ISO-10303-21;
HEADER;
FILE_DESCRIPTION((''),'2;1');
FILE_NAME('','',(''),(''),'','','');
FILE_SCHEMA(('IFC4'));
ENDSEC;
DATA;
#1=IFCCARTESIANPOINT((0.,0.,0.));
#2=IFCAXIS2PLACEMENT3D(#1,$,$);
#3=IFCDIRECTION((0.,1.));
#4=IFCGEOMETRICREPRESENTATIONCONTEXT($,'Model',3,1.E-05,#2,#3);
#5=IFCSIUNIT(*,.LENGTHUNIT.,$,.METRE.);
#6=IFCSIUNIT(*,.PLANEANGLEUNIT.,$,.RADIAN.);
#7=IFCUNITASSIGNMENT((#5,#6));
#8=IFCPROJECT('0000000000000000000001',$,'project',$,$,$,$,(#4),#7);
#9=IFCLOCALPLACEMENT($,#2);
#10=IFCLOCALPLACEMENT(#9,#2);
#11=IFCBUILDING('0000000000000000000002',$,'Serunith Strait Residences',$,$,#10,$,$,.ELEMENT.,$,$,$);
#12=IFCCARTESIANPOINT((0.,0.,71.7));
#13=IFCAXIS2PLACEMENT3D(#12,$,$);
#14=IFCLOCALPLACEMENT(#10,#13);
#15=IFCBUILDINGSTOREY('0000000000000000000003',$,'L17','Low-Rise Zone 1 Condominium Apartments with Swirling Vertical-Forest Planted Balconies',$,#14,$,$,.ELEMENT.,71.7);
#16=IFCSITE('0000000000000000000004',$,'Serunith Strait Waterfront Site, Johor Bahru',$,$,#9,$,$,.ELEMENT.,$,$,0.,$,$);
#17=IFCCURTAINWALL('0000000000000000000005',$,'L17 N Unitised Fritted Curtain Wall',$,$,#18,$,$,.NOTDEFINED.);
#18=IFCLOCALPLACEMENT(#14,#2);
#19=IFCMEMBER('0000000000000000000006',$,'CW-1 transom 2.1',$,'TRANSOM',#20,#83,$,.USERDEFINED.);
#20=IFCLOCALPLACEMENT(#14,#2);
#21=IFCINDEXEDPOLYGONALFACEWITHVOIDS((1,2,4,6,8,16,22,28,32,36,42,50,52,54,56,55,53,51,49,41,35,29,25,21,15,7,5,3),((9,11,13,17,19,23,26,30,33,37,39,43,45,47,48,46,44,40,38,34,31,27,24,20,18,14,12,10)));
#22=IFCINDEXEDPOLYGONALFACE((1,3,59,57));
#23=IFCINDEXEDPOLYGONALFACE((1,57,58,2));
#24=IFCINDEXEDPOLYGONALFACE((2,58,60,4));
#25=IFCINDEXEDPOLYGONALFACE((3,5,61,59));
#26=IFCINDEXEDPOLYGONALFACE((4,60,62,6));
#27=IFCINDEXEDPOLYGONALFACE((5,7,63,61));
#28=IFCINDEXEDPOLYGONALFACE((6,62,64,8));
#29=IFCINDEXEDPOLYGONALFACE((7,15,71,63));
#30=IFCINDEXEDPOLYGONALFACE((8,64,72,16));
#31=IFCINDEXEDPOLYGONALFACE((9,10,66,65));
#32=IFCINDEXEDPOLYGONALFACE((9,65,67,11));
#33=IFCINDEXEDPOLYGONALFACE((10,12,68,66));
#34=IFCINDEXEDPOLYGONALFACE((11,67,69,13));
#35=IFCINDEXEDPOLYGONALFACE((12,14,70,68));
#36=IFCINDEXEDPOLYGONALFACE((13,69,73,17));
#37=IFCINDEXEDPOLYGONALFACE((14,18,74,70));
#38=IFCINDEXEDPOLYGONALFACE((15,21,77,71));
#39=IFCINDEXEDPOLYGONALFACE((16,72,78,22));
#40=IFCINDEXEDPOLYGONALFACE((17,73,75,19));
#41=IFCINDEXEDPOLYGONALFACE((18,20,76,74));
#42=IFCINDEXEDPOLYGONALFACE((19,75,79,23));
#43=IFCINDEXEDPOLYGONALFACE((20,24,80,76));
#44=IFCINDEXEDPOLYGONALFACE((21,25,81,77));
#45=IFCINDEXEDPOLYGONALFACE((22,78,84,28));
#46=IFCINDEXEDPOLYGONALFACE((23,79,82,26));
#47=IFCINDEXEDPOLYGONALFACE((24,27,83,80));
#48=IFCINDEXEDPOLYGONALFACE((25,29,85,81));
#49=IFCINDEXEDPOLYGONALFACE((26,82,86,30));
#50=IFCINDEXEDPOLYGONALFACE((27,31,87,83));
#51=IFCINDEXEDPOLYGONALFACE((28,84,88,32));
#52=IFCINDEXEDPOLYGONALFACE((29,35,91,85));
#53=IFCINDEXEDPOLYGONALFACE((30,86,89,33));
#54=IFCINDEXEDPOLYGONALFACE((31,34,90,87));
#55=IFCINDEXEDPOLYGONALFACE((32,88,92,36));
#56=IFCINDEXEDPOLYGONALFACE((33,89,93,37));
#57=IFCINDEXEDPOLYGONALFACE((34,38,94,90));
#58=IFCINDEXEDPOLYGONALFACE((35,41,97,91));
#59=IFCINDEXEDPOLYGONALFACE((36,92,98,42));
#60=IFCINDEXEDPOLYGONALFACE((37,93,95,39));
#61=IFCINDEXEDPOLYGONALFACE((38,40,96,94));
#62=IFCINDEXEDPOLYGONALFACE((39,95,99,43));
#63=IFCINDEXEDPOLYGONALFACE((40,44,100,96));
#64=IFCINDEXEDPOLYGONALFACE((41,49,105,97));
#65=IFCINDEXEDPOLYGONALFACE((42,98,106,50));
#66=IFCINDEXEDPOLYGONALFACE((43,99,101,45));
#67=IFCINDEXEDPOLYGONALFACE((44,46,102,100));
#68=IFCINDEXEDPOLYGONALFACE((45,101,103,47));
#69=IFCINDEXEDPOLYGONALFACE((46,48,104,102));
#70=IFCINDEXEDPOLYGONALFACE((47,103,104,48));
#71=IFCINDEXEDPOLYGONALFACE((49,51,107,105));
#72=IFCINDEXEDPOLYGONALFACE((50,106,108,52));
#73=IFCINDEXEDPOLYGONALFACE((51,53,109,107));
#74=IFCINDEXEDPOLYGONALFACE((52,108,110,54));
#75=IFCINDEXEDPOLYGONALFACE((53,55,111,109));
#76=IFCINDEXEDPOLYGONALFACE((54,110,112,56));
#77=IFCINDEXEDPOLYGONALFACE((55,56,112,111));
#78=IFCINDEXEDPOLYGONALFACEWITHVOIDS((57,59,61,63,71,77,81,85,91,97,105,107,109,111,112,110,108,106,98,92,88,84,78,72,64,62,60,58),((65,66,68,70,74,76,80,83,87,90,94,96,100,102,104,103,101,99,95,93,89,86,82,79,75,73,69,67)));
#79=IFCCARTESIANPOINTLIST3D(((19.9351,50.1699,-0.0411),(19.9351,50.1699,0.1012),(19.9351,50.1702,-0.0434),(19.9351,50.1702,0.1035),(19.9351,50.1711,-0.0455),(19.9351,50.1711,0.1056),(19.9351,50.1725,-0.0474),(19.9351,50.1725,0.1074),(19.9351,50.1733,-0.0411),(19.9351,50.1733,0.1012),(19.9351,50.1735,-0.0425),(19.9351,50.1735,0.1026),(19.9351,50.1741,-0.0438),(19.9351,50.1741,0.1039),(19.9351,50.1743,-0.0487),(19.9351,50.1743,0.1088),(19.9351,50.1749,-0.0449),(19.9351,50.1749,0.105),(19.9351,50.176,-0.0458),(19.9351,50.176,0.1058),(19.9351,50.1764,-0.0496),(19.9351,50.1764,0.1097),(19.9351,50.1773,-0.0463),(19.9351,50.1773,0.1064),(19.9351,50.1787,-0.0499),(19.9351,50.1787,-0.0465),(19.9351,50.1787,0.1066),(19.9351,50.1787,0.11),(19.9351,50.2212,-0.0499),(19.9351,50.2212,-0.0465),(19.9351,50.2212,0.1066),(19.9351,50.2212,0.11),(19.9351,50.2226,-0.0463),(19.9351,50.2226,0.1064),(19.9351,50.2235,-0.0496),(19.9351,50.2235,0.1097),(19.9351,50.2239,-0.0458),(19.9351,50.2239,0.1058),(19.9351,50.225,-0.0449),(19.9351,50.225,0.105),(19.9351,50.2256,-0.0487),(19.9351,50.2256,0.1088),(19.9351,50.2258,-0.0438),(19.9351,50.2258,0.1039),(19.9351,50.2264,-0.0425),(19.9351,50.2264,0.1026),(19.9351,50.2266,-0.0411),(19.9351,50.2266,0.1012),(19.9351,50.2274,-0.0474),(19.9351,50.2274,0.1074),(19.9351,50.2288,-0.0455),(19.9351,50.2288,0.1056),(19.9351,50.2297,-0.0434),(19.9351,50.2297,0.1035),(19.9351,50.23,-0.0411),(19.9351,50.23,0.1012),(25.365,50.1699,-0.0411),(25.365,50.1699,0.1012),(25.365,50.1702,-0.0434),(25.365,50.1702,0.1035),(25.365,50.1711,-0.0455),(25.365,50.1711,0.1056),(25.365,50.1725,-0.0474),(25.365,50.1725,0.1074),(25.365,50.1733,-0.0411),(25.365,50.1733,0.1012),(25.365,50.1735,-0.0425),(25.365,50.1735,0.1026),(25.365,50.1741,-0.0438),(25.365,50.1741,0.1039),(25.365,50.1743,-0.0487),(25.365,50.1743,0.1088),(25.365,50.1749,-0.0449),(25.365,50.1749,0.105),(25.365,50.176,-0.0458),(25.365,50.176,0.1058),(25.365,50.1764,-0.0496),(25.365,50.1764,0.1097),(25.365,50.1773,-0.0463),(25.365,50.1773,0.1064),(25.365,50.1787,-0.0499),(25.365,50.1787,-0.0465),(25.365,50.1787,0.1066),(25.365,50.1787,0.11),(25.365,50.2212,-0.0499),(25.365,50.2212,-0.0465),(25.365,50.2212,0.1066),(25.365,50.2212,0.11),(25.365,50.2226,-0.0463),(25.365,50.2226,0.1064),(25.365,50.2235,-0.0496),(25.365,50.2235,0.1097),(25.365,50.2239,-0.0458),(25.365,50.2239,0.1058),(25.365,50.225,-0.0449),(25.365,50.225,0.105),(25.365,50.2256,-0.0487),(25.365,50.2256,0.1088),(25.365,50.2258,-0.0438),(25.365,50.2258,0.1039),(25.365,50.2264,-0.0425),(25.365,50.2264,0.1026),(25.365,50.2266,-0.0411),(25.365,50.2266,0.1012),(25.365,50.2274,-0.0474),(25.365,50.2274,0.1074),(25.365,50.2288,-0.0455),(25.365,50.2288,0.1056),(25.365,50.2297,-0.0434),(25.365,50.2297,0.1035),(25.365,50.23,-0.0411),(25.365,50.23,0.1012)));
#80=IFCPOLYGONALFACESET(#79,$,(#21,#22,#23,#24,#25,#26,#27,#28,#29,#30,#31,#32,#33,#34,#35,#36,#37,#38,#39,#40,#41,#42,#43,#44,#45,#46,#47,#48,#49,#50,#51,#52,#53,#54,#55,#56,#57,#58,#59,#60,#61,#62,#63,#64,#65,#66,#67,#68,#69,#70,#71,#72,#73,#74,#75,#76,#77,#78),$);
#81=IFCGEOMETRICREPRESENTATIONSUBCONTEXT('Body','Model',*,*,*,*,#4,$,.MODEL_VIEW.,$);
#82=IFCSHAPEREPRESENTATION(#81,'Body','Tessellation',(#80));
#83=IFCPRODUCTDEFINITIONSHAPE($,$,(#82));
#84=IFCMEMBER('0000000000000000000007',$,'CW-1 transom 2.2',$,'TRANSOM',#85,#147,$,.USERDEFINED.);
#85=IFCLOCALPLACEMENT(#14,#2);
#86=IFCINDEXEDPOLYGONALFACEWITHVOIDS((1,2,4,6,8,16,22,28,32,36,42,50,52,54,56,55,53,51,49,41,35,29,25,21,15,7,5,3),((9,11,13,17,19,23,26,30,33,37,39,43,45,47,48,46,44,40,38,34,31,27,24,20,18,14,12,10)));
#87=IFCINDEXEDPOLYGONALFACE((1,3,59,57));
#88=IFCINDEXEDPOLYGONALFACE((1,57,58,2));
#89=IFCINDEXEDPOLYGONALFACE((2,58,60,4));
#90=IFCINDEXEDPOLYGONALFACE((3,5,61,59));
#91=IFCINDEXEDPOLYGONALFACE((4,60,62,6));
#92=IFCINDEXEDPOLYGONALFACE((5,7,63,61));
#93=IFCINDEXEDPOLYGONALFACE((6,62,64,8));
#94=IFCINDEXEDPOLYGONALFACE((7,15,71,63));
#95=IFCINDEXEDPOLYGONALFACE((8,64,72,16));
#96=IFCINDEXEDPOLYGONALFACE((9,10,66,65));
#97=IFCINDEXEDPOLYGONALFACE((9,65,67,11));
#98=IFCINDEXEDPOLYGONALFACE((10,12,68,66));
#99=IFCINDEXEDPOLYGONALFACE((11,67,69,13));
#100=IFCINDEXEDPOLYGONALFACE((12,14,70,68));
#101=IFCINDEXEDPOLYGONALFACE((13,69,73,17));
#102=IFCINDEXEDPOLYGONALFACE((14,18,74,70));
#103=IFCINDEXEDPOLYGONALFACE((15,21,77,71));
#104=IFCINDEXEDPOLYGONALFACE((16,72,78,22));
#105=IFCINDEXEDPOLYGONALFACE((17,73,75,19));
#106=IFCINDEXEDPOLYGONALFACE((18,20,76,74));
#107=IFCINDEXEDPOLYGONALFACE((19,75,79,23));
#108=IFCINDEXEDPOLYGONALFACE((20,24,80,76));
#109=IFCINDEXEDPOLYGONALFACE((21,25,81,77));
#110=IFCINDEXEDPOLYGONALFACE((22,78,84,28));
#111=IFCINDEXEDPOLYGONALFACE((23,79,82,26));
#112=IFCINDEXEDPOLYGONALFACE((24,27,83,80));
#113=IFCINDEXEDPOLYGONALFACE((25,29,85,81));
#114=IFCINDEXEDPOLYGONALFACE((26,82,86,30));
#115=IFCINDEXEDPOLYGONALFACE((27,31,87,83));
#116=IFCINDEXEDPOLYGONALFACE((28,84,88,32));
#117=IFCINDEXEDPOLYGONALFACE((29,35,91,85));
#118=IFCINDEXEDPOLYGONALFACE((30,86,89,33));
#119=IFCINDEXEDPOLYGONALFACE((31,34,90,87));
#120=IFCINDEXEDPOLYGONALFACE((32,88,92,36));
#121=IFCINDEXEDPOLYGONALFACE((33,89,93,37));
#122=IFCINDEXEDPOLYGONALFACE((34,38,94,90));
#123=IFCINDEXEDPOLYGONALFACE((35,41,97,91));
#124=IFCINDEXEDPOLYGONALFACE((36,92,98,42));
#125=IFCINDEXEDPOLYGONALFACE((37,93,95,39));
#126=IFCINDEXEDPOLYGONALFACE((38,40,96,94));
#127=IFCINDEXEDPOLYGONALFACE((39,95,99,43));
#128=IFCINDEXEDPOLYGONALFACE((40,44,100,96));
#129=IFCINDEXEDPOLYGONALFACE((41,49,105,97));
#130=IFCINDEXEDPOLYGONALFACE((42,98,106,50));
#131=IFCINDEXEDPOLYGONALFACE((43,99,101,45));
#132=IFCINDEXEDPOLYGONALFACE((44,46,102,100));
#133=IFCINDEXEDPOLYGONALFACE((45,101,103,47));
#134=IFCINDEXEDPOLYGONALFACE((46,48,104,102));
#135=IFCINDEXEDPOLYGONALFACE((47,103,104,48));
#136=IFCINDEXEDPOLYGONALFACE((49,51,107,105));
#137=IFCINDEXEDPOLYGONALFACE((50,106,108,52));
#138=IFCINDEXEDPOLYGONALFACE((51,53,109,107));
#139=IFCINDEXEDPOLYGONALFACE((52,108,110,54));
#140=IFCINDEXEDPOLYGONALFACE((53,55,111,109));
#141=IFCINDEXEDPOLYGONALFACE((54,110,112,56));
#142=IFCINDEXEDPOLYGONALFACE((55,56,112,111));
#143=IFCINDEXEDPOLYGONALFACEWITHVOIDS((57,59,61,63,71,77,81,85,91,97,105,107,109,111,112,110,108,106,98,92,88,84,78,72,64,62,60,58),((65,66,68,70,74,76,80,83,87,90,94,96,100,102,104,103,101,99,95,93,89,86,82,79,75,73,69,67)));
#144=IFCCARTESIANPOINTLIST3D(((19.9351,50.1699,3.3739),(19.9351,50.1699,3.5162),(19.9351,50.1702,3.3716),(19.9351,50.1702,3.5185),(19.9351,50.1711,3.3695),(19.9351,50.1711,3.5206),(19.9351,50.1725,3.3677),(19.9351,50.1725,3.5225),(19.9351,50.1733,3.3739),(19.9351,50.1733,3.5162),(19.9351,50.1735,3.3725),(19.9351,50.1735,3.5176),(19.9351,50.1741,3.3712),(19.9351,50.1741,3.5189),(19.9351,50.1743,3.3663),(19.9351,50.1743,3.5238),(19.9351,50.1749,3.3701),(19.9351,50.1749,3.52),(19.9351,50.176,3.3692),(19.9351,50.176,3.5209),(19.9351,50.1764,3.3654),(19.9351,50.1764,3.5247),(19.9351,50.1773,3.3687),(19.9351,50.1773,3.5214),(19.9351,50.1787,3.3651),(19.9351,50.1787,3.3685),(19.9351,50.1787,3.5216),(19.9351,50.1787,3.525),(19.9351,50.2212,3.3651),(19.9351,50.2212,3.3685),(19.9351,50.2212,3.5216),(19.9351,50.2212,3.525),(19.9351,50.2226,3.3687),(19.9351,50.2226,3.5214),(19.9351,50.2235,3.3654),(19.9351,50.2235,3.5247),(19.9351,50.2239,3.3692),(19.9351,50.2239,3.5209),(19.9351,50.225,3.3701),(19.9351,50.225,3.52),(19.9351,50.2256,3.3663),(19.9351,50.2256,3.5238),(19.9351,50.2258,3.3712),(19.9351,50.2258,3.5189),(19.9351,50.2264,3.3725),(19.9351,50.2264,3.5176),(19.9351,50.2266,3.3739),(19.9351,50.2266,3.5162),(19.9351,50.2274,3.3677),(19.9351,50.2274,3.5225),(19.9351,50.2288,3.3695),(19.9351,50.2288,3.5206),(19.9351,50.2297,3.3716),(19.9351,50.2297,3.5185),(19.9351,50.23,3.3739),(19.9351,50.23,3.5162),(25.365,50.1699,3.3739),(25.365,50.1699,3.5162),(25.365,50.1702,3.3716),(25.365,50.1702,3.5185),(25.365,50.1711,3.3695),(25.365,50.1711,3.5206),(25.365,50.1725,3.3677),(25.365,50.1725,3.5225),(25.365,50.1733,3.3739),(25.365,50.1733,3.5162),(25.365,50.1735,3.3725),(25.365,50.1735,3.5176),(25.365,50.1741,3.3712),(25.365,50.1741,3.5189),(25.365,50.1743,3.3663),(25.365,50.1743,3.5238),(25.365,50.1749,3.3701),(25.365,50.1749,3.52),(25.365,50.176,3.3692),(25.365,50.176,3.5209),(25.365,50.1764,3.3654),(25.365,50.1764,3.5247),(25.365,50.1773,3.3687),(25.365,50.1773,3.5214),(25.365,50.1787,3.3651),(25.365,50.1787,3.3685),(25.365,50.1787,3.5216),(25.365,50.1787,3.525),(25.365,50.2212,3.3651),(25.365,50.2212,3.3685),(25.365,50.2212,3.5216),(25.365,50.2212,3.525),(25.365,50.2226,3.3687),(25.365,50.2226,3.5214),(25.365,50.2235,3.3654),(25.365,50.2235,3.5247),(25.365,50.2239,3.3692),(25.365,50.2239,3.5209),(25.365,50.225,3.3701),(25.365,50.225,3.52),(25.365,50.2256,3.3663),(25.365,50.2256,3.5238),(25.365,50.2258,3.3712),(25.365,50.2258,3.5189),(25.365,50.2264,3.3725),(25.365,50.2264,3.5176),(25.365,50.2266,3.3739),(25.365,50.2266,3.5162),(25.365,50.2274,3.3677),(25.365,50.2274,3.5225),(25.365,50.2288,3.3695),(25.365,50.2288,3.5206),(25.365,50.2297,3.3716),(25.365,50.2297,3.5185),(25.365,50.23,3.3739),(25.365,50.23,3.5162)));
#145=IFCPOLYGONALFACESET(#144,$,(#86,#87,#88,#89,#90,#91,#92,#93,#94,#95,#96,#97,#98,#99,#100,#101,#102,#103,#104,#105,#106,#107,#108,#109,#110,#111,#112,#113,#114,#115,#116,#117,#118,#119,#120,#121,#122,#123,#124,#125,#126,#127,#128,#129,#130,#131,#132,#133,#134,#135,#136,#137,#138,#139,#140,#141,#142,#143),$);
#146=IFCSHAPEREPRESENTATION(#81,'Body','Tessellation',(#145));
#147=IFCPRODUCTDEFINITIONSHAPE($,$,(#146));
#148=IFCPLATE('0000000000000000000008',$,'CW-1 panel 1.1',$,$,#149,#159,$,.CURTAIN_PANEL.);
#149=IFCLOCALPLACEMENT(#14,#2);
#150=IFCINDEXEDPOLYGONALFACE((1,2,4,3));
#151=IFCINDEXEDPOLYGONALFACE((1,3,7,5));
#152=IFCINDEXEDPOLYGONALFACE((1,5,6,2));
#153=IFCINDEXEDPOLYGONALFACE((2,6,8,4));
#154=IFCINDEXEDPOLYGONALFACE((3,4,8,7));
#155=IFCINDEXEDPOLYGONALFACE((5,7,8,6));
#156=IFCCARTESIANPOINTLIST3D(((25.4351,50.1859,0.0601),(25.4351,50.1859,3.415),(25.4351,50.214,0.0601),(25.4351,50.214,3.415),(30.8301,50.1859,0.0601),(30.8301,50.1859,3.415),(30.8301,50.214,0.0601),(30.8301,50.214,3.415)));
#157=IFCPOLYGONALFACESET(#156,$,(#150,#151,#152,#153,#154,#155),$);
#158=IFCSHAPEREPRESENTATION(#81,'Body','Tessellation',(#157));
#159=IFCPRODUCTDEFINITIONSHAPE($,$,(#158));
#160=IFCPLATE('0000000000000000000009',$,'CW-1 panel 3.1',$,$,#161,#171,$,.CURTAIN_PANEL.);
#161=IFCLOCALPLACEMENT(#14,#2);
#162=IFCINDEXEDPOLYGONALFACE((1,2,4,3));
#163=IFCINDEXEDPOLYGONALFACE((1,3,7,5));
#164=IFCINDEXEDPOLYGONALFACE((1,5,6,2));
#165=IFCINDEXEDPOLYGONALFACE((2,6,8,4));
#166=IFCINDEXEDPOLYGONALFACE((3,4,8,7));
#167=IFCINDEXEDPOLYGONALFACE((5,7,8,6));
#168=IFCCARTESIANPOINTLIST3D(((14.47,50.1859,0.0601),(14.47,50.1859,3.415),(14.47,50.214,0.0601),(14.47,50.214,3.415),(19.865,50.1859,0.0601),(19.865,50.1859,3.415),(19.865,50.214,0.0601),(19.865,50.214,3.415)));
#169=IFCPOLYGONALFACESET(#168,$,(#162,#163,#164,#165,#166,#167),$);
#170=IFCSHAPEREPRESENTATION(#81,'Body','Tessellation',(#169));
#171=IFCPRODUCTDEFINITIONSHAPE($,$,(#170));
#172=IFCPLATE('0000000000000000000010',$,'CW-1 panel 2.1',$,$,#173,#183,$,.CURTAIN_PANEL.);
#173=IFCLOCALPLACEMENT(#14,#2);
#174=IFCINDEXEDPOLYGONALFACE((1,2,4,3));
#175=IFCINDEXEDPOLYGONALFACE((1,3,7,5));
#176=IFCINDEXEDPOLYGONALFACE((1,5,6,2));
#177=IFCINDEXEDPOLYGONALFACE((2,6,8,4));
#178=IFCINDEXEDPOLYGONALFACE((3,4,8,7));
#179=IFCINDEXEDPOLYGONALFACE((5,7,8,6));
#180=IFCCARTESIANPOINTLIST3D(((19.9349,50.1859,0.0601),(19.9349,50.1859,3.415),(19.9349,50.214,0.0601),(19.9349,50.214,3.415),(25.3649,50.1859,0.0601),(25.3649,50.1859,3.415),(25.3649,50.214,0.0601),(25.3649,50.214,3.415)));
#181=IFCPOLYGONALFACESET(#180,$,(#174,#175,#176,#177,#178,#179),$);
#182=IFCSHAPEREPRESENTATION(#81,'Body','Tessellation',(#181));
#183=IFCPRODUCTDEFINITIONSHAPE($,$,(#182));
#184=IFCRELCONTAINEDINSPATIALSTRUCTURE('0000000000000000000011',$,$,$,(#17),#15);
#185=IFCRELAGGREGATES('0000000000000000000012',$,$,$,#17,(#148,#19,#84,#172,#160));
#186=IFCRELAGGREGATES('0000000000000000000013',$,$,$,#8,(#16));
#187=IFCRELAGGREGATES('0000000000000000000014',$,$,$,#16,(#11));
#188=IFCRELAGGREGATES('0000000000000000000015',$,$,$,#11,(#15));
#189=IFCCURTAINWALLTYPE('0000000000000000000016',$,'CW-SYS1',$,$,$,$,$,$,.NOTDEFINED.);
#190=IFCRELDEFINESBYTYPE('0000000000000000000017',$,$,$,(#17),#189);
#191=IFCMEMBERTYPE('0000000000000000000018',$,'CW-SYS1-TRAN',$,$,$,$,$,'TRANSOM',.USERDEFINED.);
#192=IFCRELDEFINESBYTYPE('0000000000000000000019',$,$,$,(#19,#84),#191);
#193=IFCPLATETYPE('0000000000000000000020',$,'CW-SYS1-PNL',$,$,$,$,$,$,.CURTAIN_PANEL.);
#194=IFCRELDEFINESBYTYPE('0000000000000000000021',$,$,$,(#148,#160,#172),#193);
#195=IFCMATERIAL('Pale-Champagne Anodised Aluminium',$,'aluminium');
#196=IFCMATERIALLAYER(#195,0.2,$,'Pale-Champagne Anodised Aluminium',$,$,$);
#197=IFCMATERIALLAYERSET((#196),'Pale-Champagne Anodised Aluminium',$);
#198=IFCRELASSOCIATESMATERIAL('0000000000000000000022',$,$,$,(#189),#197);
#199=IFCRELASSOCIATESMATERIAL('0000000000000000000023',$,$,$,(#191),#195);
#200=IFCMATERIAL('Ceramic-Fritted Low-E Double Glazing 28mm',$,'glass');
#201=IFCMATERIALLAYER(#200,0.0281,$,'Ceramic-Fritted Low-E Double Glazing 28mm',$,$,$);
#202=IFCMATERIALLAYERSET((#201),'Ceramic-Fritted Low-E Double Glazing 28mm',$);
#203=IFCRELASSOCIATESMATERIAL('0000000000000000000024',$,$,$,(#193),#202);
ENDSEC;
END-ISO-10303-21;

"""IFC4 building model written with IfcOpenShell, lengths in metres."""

from ifc_helpers import new_model, si_unit, direction, frame, origin, origin_2d, place, context, subcontext, project, spatial, rectangle, hollow_rectangle, extrude, source, transform, mapped, material, layer, layer_set, material_profile, profile_set, type_object, element, aggregate, save


model = new_model("IFC4")

# Units and contexts
model_context = context("Model", 3, precision=1e-05, world=origin(), true_north=direction((0.0, 1.0)))
body_context = subcontext(model_context, "Body", "Model", "MODEL_VIEW")
ifc_project = project(units=[si_unit("LENGTHUNIT", "METRE"), si_unit("PLANEANGLEUNIT", "RADIAN")], contexts=[model_context])

# Site, building, storey
site_placement = place(None, origin())
site = spatial("IfcSite", under=ifc_project, at=site_placement, Name="Serunith Strait Waterfront Site, Johor Bahru", CompositionType="ELEMENT", RefElevation=0.0)
building_placement = place(site_placement, origin())
building = spatial("IfcBuilding", under=site, at=building_placement, Name="Serunith Strait Residences", CompositionType="ELEMENT")
storey_placement = place(building_placement, frame((0.0, 0.0, 71.7)))
storey = spatial("IfcBuildingStorey", under=building, at=storey_placement, Name="L17", Description="Low-Rise Zone 1 Condominium Apartments with Swirling Vertical-Forest Planted Balconies", CompositionType="ELEMENT", Elevation=71.7)

# Curtain wall, members, plates
ifc_material_1 = material(Name="Pale-Champagne Anodised Aluminium", Category="aluminium")
ifc_layer_1 = layer(ifc_material_1, 0.2, Name="Pale-Champagne Anodised Aluminium")
ifc_layer_set_1 = layer_set([ifc_layer_1], Name="Pale-Champagne Anodised Aluminium")
curtain_wall_type = type_object("IfcCurtainWallType", Name="CW-SYS1", PredefinedType="NOTDEFINED", material=ifc_layer_set_1)
curtain_wall_placement = place(storey_placement, origin())
curtain_wall = element("IfcCurtainWall", 1, at=curtain_wall_placement, inside=storey, type_object=curtain_wall_type, Name="L17 N Unitised Fritted Curtain Wall", PredefinedType="NOTDEFINED")
ifc_material_profile_1 = material_profile(ifc_material_1, hollow_rectangle(XDim=0.0601, YDim=0.1599, WallThickness=0.0034, InnerFilletRadius=0.0054, OuterFilletRadius=0.0088, at=origin_2d()), Name="ALU 160x60x3.5")
ifc_profile_set_1 = profile_set([ifc_material_profile_1], Name="Pale-Champagne Anodised Aluminium")
member_type_1 = type_object("IfcMemberType", Name="CW-SYS1-TRAN", ElementType="TRANSOM", PredefinedType="USERDEFINED", material=ifc_profile_set_1)
shared_shape_1 = source(origin(), body_context, "Body", "SweptSolid", [
    extrude(hollow_rectangle(XDim=0.0601, YDim=0.1599, WallThickness=0.0034, InnerFilletRadius=0.0054, OuterFilletRadius=0.0088, at=origin_2d()), origin(), (0.0, 0.0, 1.0), 5.4299),
])
member_1_placement = place(storey_placement, frame((25.365, 50.2, 0.03), z_axis=(-1.0, 0.0, 0.0), x_axis=(0.0, -1.0, 0.0)))
member_1 = element("IfcMember", 2, at=member_1_placement, type_object=member_type_1, Name="CW-1 transom 2.1", ObjectType="TRANSOM", PredefinedType="USERDEFINED", context=body_context, shape_type="MappedRepresentation", body=[
    mapped(shared_shape_1, transform((0.0, 0.0, 0.0), scale=1.0)),
])
member_2_placement = place(storey_placement, frame((25.365, 50.2, 3.4451), z_axis=(-1.0, 0.0, 0.0), x_axis=(0.0, -1.0, 0.0)))
member_2 = element("IfcMember", 3, at=member_2_placement, type_object=member_type_1, Name="CW-1 transom 2.2", ObjectType="TRANSOM", PredefinedType="USERDEFINED", context=body_context, shape_type="MappedRepresentation", body=[
    mapped(shared_shape_1, transform((0.0, 0.0, 0.0), scale=1.0)),
])
ifc_material_2 = material(Name="Ceramic-Fritted Low-E Double Glazing 28mm", Category="glass")
ifc_layer_2 = layer(ifc_material_2, 0.0281, Name="Ceramic-Fritted Low-E Double Glazing 28mm")
ifc_layer_set_2 = layer_set([ifc_layer_2], Name="Ceramic-Fritted Low-E Double Glazing 28mm")
plate_type = type_object("IfcPlateType", Name="CW-SYS1-PNL", PredefinedType="CURTAIN_PANEL", material=ifc_layer_set_2)
shared_shape_2 = source(origin(), body_context, "Body", "SweptSolid", [
    extrude(rectangle(XDim=5.395, YDim=0.0281, at=origin_2d()), origin(), (0.0, 0.0, 1.0), 3.355),
])
plate_1_placement = place(storey_placement, frame((28.1326, 50.2, 0.0601), z_axis=(0.0, 0.0, 1.0), x_axis=(-1.0, 0.0, 0.0)))
plate_1 = element("IfcPlate", 4, at=plate_1_placement, type_object=plate_type, Name="CW-1 panel 1.1", PredefinedType="CURTAIN_PANEL", context=body_context, shape_type="MappedRepresentation", body=[
    mapped(shared_shape_2, transform((0.0, 0.0, 0.0), scale=1.0)),
])
plate_2_placement = place(storey_placement, frame((17.1675, 50.2, 0.0601), z_axis=(0.0, 0.0, 1.0), x_axis=(-1.0, 0.0, 0.0)))
plate_2 = element("IfcPlate", 5, at=plate_2_placement, type_object=plate_type, Name="CW-1 panel 3.1", PredefinedType="CURTAIN_PANEL", context=body_context, shape_type="MappedRepresentation", body=[
    mapped(shared_shape_2, transform((0.0, 0.0, 0.0), scale=1.0)),
])
shared_shape_3 = source(origin(), body_context, "Body", "SweptSolid", [
    extrude(rectangle(XDim=5.4299, YDim=0.0281, at=origin_2d()), origin(), (0.0, 0.0, 1.0), 3.355),
])
plate_3_placement = place(storey_placement, frame((22.6499, 50.2, 0.0601), z_axis=(0.0, 0.0, 1.0), x_axis=(-1.0, 0.0, 0.0)))
plate_3 = element("IfcPlate", 6, at=plate_3_placement, type_object=plate_type, Name="CW-1 panel 2.1", PredefinedType="CURTAIN_PANEL", context=body_context, shape_type="MappedRepresentation", body=[
    mapped(shared_shape_3, transform((0.0, 0.0, 0.0), scale=1.0)),
])
aggregate(curtain_wall, [plate_1, member_1, member_2, plate_3, plate_2])

save(model, "model.ifc")
